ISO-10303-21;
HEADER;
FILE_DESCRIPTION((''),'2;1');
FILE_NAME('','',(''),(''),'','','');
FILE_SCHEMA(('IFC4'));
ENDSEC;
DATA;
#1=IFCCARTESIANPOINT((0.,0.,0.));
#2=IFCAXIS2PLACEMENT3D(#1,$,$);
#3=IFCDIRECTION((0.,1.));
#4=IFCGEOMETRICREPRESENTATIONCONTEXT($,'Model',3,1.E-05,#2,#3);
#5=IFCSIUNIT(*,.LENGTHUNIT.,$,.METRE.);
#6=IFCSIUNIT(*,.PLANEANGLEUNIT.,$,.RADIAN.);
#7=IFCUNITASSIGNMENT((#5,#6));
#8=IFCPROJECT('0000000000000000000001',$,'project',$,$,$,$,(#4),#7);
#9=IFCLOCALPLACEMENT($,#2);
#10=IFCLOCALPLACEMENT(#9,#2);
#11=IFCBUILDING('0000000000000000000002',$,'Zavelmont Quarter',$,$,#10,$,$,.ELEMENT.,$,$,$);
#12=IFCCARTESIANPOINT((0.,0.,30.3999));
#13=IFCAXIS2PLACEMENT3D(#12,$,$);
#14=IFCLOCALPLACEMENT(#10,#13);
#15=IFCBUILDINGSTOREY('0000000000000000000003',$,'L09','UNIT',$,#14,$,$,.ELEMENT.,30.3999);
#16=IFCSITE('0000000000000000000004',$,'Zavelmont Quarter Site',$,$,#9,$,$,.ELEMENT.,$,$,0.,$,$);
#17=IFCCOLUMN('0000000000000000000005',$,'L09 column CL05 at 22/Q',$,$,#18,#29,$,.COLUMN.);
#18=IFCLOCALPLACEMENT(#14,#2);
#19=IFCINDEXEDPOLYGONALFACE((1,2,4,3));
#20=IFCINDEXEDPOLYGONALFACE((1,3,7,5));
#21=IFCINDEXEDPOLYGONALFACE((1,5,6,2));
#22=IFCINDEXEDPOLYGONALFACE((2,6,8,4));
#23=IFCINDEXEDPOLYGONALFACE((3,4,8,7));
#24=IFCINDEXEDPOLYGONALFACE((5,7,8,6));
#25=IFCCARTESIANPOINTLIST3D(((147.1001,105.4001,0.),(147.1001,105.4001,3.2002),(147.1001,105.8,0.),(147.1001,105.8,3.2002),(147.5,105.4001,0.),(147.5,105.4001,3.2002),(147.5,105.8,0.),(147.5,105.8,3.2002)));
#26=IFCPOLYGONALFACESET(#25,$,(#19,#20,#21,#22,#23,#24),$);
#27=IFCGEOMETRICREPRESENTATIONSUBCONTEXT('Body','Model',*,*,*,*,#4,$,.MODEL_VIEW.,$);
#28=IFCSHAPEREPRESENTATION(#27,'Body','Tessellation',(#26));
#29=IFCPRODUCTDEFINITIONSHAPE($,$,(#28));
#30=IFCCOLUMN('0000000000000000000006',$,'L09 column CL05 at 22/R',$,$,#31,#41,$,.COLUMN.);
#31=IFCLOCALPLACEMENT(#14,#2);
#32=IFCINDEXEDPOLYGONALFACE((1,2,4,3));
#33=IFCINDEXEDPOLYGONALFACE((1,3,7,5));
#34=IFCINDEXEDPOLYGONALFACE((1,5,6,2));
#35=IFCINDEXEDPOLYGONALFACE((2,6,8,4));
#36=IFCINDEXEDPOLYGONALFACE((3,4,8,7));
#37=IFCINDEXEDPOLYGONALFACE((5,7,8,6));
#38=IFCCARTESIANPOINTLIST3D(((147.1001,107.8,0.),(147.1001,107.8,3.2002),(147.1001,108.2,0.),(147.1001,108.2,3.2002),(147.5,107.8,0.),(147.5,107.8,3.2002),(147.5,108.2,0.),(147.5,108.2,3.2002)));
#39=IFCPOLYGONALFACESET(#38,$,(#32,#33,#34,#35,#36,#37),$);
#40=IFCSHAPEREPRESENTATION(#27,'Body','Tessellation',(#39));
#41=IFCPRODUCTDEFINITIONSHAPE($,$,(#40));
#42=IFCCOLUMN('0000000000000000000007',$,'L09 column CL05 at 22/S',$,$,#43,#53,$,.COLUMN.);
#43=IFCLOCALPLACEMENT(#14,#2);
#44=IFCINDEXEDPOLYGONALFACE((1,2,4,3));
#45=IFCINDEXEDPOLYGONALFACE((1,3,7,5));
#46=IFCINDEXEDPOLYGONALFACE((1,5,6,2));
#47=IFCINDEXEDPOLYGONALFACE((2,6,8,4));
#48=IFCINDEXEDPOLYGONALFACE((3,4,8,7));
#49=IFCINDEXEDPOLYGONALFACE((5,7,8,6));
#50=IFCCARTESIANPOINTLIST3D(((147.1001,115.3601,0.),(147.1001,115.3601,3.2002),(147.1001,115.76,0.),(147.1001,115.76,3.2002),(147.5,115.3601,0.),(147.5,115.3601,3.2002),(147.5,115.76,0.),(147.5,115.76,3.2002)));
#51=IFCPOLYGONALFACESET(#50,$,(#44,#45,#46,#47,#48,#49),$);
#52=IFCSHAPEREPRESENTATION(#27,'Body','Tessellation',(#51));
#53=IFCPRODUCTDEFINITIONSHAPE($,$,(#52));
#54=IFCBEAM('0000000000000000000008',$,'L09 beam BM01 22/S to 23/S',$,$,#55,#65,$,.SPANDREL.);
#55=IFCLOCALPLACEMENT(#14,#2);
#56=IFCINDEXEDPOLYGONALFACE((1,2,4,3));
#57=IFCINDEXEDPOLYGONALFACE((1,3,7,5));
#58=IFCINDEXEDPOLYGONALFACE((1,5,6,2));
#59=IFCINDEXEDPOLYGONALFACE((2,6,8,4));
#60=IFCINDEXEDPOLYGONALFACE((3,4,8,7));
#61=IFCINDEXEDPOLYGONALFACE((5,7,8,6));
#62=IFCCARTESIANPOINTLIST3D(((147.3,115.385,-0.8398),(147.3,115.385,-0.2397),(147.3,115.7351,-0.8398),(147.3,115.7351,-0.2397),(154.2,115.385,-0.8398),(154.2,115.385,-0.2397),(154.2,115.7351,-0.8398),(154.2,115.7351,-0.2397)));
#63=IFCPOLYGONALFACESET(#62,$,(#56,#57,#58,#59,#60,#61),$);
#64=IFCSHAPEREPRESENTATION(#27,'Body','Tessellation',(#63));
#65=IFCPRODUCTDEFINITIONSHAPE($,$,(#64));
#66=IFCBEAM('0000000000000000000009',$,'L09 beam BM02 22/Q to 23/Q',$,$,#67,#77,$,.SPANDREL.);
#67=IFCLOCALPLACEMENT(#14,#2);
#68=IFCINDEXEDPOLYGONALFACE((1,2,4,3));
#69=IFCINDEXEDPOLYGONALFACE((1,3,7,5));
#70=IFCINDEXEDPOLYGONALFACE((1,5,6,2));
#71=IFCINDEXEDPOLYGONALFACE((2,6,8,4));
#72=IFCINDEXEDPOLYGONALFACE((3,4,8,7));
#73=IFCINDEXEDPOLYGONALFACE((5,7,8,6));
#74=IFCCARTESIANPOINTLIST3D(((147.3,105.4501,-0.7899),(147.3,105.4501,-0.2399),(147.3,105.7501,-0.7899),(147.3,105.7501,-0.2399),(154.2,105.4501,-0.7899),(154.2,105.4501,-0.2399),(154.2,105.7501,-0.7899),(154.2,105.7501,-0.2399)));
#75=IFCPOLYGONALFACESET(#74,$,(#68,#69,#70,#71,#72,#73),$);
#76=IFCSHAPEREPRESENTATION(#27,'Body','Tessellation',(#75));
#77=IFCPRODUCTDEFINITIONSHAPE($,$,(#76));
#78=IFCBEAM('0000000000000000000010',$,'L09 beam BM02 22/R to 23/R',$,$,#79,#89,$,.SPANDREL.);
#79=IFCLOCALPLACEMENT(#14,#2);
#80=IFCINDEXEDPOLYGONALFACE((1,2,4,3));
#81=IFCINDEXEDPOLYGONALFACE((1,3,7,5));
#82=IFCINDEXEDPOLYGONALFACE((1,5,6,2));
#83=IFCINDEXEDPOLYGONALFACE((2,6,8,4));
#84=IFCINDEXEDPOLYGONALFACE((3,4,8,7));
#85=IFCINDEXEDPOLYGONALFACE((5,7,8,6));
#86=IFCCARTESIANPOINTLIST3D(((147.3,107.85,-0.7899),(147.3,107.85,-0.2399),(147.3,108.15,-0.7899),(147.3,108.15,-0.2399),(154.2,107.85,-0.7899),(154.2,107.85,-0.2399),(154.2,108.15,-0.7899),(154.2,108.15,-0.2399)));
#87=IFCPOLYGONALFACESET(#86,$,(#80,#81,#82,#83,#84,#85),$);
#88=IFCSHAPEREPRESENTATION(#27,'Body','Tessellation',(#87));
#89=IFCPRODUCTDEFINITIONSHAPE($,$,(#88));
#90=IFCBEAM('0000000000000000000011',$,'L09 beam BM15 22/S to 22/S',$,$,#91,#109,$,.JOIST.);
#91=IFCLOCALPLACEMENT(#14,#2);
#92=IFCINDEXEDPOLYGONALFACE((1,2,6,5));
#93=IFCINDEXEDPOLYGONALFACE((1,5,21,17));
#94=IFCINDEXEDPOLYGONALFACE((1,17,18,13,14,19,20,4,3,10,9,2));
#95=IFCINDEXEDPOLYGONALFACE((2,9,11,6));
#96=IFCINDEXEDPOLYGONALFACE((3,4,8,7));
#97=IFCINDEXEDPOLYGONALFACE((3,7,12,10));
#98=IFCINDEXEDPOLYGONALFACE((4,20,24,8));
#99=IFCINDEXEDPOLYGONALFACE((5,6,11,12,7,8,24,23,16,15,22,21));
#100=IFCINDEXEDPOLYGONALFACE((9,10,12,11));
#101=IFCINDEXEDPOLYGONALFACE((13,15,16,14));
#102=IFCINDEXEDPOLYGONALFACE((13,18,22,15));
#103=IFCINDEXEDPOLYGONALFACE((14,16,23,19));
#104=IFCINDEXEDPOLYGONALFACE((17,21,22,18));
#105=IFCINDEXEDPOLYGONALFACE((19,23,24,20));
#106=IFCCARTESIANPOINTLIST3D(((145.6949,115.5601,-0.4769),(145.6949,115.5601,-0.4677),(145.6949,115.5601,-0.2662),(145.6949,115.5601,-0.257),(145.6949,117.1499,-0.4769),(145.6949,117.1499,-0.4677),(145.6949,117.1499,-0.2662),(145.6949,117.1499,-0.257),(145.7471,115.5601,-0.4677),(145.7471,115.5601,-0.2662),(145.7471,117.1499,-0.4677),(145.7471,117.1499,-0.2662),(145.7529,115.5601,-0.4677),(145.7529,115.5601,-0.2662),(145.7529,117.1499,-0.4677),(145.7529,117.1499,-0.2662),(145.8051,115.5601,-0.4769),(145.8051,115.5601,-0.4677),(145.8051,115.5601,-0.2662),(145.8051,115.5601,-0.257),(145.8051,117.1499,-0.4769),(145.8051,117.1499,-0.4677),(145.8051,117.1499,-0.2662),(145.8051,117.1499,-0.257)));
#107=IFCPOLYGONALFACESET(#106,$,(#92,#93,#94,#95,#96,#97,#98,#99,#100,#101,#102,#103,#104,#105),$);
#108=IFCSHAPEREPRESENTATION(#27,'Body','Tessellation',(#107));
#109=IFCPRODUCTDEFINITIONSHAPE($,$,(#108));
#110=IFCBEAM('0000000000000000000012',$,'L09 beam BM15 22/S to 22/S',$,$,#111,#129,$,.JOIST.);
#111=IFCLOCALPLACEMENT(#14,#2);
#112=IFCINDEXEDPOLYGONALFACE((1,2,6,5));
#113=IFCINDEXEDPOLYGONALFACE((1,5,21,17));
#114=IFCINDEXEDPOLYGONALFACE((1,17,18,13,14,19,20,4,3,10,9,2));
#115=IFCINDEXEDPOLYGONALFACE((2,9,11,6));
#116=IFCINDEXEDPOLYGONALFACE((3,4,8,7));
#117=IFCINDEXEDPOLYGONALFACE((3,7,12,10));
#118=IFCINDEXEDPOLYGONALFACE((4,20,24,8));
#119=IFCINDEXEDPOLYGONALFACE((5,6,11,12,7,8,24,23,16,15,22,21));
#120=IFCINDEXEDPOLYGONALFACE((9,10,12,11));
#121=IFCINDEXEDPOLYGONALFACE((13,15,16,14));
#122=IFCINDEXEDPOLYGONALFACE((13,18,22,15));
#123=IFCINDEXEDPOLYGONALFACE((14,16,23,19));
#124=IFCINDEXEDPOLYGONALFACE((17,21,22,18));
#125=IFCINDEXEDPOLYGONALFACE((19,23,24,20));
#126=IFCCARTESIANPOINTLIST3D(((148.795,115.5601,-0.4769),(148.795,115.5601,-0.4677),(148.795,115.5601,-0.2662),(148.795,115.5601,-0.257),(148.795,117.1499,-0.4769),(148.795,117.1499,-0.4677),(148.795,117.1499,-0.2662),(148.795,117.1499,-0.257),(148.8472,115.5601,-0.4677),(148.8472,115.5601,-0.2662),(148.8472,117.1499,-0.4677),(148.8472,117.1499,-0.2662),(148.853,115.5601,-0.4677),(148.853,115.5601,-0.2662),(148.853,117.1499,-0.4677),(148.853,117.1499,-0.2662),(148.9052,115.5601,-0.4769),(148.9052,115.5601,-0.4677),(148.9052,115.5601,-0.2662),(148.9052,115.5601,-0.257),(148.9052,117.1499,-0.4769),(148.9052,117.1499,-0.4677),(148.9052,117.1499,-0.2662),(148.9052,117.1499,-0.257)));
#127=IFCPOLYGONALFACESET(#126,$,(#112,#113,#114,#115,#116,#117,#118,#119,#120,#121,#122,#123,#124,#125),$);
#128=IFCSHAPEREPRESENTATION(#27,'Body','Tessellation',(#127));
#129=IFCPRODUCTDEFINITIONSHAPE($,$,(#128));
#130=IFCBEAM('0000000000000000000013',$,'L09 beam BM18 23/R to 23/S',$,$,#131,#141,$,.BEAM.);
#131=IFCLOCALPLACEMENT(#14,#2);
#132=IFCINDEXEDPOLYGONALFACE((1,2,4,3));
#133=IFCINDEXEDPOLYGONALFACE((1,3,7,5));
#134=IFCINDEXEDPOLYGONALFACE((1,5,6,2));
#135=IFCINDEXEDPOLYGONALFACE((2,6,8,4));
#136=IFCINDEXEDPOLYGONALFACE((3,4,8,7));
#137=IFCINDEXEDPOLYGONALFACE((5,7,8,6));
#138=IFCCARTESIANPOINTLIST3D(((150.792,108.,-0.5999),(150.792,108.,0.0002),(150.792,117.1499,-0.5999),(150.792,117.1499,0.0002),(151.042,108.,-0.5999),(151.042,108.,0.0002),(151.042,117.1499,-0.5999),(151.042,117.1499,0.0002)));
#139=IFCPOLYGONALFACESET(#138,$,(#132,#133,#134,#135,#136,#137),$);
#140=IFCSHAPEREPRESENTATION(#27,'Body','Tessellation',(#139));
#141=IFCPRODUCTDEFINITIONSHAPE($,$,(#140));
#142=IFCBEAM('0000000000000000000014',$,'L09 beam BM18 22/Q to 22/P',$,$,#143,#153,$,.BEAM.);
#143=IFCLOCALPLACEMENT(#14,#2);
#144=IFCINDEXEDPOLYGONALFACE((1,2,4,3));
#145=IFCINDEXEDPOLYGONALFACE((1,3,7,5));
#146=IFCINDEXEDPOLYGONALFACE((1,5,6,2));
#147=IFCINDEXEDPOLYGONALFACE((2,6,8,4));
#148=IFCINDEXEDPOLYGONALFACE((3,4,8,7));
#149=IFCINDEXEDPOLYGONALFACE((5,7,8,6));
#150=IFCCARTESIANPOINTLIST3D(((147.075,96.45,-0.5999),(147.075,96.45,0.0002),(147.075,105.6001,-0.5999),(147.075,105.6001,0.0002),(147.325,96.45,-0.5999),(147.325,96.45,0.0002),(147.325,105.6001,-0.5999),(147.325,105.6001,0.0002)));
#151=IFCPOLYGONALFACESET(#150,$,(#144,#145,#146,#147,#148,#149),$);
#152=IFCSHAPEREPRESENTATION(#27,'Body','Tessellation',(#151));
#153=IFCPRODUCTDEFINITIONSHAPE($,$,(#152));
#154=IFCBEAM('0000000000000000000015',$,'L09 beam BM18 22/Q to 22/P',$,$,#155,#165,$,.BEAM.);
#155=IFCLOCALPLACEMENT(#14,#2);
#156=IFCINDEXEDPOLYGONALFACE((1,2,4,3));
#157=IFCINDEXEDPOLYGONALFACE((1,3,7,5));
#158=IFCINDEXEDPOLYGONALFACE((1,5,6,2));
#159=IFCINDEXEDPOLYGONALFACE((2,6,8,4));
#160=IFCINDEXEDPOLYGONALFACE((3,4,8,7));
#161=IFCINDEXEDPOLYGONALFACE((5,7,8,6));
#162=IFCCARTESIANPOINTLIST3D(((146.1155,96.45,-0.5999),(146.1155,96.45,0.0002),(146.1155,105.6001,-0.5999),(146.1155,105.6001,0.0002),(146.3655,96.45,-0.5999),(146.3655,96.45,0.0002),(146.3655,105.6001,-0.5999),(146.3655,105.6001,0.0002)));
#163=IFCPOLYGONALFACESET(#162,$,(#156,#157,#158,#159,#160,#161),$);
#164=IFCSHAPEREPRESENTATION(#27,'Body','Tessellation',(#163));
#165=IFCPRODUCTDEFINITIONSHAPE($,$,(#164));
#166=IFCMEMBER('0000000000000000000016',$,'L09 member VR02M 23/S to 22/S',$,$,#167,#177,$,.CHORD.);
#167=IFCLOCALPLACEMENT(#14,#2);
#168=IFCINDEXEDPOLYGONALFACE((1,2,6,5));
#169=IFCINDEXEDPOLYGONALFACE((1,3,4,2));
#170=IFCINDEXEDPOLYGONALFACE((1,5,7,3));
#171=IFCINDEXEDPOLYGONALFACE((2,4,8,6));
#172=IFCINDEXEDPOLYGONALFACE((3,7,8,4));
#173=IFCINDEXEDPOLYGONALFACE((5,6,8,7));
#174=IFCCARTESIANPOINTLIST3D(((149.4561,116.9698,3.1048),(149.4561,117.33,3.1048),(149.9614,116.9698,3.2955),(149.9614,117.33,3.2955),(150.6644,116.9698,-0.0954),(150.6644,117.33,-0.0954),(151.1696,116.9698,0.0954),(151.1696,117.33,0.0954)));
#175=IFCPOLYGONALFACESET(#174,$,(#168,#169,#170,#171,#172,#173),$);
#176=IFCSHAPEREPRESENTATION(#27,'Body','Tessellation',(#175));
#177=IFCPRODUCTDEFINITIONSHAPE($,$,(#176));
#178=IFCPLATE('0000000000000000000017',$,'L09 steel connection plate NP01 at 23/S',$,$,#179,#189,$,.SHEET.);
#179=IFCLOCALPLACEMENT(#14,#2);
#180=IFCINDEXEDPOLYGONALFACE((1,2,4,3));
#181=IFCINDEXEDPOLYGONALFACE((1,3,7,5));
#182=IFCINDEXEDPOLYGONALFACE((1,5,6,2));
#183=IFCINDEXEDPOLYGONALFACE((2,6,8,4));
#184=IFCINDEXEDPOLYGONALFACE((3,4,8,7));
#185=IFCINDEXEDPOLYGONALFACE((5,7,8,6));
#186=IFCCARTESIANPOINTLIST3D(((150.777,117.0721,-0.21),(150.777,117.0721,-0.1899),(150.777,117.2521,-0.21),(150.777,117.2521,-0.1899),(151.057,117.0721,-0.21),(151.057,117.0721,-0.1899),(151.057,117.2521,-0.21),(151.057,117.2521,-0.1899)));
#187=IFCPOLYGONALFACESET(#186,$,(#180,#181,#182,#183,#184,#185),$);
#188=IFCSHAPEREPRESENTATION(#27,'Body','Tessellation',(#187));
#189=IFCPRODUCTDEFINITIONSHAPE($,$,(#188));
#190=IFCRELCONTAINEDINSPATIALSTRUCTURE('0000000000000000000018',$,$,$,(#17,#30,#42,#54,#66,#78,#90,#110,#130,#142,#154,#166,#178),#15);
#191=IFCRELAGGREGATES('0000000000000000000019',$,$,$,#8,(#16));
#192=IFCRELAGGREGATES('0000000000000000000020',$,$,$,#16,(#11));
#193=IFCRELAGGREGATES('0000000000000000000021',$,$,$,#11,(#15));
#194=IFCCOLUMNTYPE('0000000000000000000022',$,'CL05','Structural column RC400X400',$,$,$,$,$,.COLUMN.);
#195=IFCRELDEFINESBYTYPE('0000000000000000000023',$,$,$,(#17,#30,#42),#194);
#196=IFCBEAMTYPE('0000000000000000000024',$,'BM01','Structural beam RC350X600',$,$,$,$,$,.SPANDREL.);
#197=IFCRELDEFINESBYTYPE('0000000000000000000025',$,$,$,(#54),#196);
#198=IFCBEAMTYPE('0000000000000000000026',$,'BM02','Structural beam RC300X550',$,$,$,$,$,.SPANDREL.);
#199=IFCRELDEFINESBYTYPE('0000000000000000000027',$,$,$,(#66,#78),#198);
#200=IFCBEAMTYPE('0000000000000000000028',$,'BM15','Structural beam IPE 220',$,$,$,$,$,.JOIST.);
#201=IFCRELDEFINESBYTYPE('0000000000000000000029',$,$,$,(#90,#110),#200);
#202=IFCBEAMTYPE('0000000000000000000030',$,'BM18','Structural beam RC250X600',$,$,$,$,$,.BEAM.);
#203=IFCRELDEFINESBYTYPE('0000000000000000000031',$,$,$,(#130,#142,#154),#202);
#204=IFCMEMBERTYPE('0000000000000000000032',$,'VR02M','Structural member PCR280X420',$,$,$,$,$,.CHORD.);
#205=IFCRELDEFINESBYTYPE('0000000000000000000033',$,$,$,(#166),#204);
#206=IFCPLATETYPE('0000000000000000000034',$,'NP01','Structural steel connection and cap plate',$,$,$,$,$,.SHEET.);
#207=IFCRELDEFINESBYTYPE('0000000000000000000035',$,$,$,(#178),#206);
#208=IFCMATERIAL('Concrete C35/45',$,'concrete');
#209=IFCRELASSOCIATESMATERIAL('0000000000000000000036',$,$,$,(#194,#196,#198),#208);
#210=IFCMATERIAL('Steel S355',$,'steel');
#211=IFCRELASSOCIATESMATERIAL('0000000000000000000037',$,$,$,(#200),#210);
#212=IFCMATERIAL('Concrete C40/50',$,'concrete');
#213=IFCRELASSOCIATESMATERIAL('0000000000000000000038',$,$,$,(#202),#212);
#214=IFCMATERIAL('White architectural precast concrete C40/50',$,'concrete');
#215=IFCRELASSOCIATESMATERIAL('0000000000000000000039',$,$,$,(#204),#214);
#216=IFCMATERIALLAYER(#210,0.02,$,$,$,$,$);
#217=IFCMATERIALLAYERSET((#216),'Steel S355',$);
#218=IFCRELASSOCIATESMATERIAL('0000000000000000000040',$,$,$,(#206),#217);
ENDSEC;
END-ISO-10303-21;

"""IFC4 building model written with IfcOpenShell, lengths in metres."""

from ifc_helpers import new_model, si_unit, direction, frame, origin, origin_2d, place, context, subcontext, project, spatial, rectangle, i_section, extrude, material, layer, layer_set, material_profile, profile_set, type_object, element, save


model = new_model("IFC4")

# Units and contexts
model_context = context("Model", 3, precision=1e-05, world=origin(), true_north=direction((0.0, 1.0)))
body_context = subcontext(model_context, "Body", "Model", "MODEL_VIEW")
ifc_project = project(units=[si_unit("LENGTHUNIT", "METRE"), si_unit("PLANEANGLEUNIT", "RADIAN")], contexts=[model_context])

# Site, building, storey
site_placement = place(None, origin())
site = spatial("IfcSite", under=ifc_project, at=site_placement, Name="Zavelmont Quarter Site", CompositionType="ELEMENT", RefElevation=0.0)
building_placement = place(site_placement, origin())
building = spatial("IfcBuilding", under=site, at=building_placement, Name="Zavelmont Quarter", CompositionType="ELEMENT")
storey_placement = place(building_placement, frame((0.0, 0.0, 30.3999)))
storey = spatial("IfcBuildingStorey", under=building, at=storey_placement, Name="L09", Description="UNIT", CompositionType="ELEMENT", Elevation=30.3999)

# Columns
ifc_material_1 = material(Name="Concrete C35/45", Category="concrete")
ifc_material_profile_1 = material_profile(ifc_material_1, rectangle(XDim=0.3999, YDim=0.3999, at=origin_2d()), Name="RC400X400")
ifc_profile_set_1 = profile_set([ifc_material_profile_1], Name="Concrete C35/45")
column_type = type_object("IfcColumnType", Name="CL05", Description="Structural column RC400X400", PredefinedType="COLUMN", material=ifc_profile_set_1)
for number, where, z_axis, x_axis, name in (
    (1, (147.3, 105.6001, 0.0), (0.0, 0.0, 1.0), (1.0, 0.0, 0.0), "L09 column CL05 at 22/Q"),
    (2, (147.3, 108.0, 0.0), (0.0, 0.0, 1.0), (1.0, 0.0, 0.0), "L09 column CL05 at 22/R"),
    (3, (147.3, 115.5601, 0.0), (0.0, 0.0, 1.0), (1.0, 0.0, 0.0), "L09 column CL05 at 22/S"),
):
    element("IfcColumn", number, at=place(storey_placement, frame(where, z_axis=z_axis, x_axis=x_axis)), inside=storey, type_object=column_type, Name=name, PredefinedType="COLUMN", context=body_context, shape_type="SweptSolid", body=[
        extrude(rectangle(XDim=0.3999, YDim=0.3999, at=origin_2d()), origin(), (0.0, 0.0, 1.0), 3.2002),
    ])

# Beams
ifc_material_profile_2 = material_profile(ifc_material_1, rectangle(XDim=0.3501, YDim=0.6001, at=origin_2d()), Name="RC350X600")
ifc_profile_set_2 = profile_set([ifc_material_profile_2], Name="Concrete C35/45")
beam_type_1 = type_object("IfcBeamType", Name="BM01", Description="Structural beam RC350X600", PredefinedType="SPANDREL", material=ifc_profile_set_2)
beam_1_placement = place(storey_placement, frame((147.3, 115.5601, -0.5398), z_axis=(1.0, 0.0, 0.0), x_axis=(0.0, 1.0, 0.0)))
element("IfcBeam", 4, at=beam_1_placement, inside=storey, type_object=beam_type_1, Name="L09 beam BM01 22/S to 23/S", PredefinedType="SPANDREL", context=body_context, shape_type="SweptSolid", body=[
    extrude(rectangle(XDim=0.3501, YDim=0.6001, at=origin_2d()), origin(), (0.0, 0.0, 1.0), 6.8999),
])
ifc_material_profile_3 = material_profile(ifc_material_1, rectangle(XDim=0.3, YDim=0.55, at=origin_2d()), Name="RC300X550")
ifc_profile_set_3 = profile_set([ifc_material_profile_3], Name="Concrete C35/45")
beam_type_2 = type_object("IfcBeamType", Name="BM02", Description="Structural beam RC300X550", PredefinedType="SPANDREL", material=ifc_profile_set_3)
for number, where, z_axis, x_axis, name in (
    (5, (147.3, 105.6001, -0.5149), (1.0, 0.0, 0.0), (0.0, 1.0, 0.0), "L09 beam BM02 22/Q to 23/Q"),
    (6, (147.3, 108.0, -0.5149), (1.0, 0.0, 0.0), (0.0, 1.0, 0.0), "L09 beam BM02 22/R to 23/R"),
):
    element("IfcBeam", number, at=place(storey_placement, frame(where, z_axis=z_axis, x_axis=x_axis)), inside=storey, type_object=beam_type_2, Name=name, PredefinedType="SPANDREL", context=body_context, shape_type="SweptSolid", body=[
        extrude(rectangle(XDim=0.3, YDim=0.55, at=origin_2d()), origin(), (0.0, 0.0, 1.0), 6.8999),
    ])
ifc_material_2 = material(Name="Steel S355", Category="steel")
ifc_material_profile_4 = material_profile(ifc_material_2, i_section(OverallWidth=0.1101, OverallDepth=0.22, WebThickness=0.0059, FlangeThickness=0.0093, at=origin_2d()), Name="IPE 220")
ifc_profile_set_4 = profile_set([ifc_material_profile_4], Name="Steel S355")
beam_type_3 = type_object("IfcBeamType", Name="BM15", Description="Structural beam IPE 220", PredefinedType="JOIST", material=ifc_profile_set_4)
for number, where, z_axis, x_axis, name in (
    (7, (145.75, 115.5601, -0.3669), (0.0, 1.0, 0.0), (-1.0, 0.0, 0.0), "L09 beam BM15 22/S to 22/S"),
    (8, (148.8501, 115.5601, -0.3669), (0.0, 1.0, 0.0), (-1.0, 0.0, 0.0), "L09 beam BM15 22/S to 22/S"),
):
    element("IfcBeam", number, at=place(storey_placement, frame(where, z_axis=z_axis, x_axis=x_axis)), inside=storey, type_object=beam_type_3, Name=name, PredefinedType="JOIST", context=body_context, shape_type="SweptSolid", body=[
        extrude(i_section(OverallWidth=0.1101, OverallDepth=0.22, WebThickness=0.0059, FlangeThickness=0.0093, at=origin_2d()), origin(), (0.0, 0.0, 1.0), 1.5898),
    ])
ifc_material_3 = material(Name="Concrete C40/50", Category="concrete")
ifc_material_profile_5 = material_profile(ifc_material_3, rectangle(XDim=0.25, YDim=0.6001, at=origin_2d()), Name="RC250X600")
ifc_profile_set_5 = profile_set([ifc_material_profile_5], Name="Concrete C40/50")
beam_type_4 = type_object("IfcBeamType", Name="BM18", Description="Structural beam RC250X600", PredefinedType="BEAM", material=ifc_profile_set_5)
beam_2_placement = place(storey_placement, frame((150.917, 108.0, -0.2998), z_axis=(0.0, 1.0, 0.0), x_axis=(-1.0, 0.0, 0.0)))
element("IfcBeam", 9, at=beam_2_placement, inside=storey, type_object=beam_type_4, Name="L09 beam BM18 23/R to 23/S", PredefinedType="BEAM", context=body_context, shape_type="SweptSolid", body=[
    extrude(rectangle(XDim=0.25, YDim=0.6001, at=origin_2d()), origin(), (0.0, 0.0, 1.0), 9.1499),
])
for number, where, z_axis, x_axis, name in (
    (10, (147.2, 105.6001, -0.2998), (0.0, -1.0, 0.0), (1.0, 0.0, 0.0), "L09 beam BM18 22/Q to 22/P"),
    (11, (146.2405, 105.6001, -0.2998), (0.0, -1.0, 0.0), (1.0, 0.0, 0.0), "L09 beam BM18 22/Q to 22/P"),
):
    element("IfcBeam", number, at=place(storey_placement, frame(where, z_axis=z_axis, x_axis=x_axis)), inside=storey, type_object=beam_type_4, Name=name, PredefinedType="BEAM", context=body_context, shape_type="SweptSolid", body=[
        extrude(rectangle(XDim=0.25, YDim=0.6001, at=origin_2d()), origin(), (0.0, 0.0, 1.0), 9.1501),
    ])

# Member
ifc_material_4 = material(Name="White architectural precast concrete C40/50", Category="concrete")
ifc_material_profile_6 = material_profile(ifc_material_4, rectangle(XDim=0.3601, YDim=0.54, at=origin_2d()), Name="PCR280X420")
ifc_profile_set_6 = profile_set([ifc_material_profile_6], Name="White architectural precast concrete C40/50")
member_type = type_object("IfcMemberType", Name="VR02M", Description="Structural member PCR280X420", PredefinedType="CHORD", material=ifc_profile_set_6)
member_placement = place(storey_placement, frame((150.917, 117.1499, 0.0), z_axis=(-0.353219, 0.0, 0.935541), x_axis=(0.0, -1.0, 0.0)))
element("IfcMember", 12, at=member_placement, inside=storey, type_object=member_type, Name="L09 member VR02M 23/S to 22/S", PredefinedType="CHORD", context=body_context, shape_type="SweptSolid", body=[
    extrude(rectangle(XDim=0.3601, YDim=0.54, at=origin_2d()), origin(), (0.0, 0.0, 1.0), 3.4207),
])

# Plate
ifc_layer_1 = layer(ifc_material_2, 0.02)
ifc_layer_set_1 = layer_set([ifc_layer_1], Name="Steel S355")
plate_type = type_object("IfcPlateType", Name="NP01", Description="Structural steel connection and cap plate", PredefinedType="SHEET", material=ifc_layer_set_1)
plate_placement = place(storey_placement, frame((150.917, 117.1621, -0.21), z_axis=(0.0, 0.0, 1.0), x_axis=(1.0, 0.0, 0.0)))
element("IfcPlate", 13, at=plate_placement, inside=storey, type_object=plate_type, Name="L09 steel connection plate NP01 at 23/S", PredefinedType="SHEET", context=body_context, shape_type="SweptSolid", body=[
    extrude(rectangle(XDim=0.28, YDim=0.1799, at=origin_2d()), origin(), (0.0, 0.0, 1.0), 0.02),
])

save(model, "model.ifc")
